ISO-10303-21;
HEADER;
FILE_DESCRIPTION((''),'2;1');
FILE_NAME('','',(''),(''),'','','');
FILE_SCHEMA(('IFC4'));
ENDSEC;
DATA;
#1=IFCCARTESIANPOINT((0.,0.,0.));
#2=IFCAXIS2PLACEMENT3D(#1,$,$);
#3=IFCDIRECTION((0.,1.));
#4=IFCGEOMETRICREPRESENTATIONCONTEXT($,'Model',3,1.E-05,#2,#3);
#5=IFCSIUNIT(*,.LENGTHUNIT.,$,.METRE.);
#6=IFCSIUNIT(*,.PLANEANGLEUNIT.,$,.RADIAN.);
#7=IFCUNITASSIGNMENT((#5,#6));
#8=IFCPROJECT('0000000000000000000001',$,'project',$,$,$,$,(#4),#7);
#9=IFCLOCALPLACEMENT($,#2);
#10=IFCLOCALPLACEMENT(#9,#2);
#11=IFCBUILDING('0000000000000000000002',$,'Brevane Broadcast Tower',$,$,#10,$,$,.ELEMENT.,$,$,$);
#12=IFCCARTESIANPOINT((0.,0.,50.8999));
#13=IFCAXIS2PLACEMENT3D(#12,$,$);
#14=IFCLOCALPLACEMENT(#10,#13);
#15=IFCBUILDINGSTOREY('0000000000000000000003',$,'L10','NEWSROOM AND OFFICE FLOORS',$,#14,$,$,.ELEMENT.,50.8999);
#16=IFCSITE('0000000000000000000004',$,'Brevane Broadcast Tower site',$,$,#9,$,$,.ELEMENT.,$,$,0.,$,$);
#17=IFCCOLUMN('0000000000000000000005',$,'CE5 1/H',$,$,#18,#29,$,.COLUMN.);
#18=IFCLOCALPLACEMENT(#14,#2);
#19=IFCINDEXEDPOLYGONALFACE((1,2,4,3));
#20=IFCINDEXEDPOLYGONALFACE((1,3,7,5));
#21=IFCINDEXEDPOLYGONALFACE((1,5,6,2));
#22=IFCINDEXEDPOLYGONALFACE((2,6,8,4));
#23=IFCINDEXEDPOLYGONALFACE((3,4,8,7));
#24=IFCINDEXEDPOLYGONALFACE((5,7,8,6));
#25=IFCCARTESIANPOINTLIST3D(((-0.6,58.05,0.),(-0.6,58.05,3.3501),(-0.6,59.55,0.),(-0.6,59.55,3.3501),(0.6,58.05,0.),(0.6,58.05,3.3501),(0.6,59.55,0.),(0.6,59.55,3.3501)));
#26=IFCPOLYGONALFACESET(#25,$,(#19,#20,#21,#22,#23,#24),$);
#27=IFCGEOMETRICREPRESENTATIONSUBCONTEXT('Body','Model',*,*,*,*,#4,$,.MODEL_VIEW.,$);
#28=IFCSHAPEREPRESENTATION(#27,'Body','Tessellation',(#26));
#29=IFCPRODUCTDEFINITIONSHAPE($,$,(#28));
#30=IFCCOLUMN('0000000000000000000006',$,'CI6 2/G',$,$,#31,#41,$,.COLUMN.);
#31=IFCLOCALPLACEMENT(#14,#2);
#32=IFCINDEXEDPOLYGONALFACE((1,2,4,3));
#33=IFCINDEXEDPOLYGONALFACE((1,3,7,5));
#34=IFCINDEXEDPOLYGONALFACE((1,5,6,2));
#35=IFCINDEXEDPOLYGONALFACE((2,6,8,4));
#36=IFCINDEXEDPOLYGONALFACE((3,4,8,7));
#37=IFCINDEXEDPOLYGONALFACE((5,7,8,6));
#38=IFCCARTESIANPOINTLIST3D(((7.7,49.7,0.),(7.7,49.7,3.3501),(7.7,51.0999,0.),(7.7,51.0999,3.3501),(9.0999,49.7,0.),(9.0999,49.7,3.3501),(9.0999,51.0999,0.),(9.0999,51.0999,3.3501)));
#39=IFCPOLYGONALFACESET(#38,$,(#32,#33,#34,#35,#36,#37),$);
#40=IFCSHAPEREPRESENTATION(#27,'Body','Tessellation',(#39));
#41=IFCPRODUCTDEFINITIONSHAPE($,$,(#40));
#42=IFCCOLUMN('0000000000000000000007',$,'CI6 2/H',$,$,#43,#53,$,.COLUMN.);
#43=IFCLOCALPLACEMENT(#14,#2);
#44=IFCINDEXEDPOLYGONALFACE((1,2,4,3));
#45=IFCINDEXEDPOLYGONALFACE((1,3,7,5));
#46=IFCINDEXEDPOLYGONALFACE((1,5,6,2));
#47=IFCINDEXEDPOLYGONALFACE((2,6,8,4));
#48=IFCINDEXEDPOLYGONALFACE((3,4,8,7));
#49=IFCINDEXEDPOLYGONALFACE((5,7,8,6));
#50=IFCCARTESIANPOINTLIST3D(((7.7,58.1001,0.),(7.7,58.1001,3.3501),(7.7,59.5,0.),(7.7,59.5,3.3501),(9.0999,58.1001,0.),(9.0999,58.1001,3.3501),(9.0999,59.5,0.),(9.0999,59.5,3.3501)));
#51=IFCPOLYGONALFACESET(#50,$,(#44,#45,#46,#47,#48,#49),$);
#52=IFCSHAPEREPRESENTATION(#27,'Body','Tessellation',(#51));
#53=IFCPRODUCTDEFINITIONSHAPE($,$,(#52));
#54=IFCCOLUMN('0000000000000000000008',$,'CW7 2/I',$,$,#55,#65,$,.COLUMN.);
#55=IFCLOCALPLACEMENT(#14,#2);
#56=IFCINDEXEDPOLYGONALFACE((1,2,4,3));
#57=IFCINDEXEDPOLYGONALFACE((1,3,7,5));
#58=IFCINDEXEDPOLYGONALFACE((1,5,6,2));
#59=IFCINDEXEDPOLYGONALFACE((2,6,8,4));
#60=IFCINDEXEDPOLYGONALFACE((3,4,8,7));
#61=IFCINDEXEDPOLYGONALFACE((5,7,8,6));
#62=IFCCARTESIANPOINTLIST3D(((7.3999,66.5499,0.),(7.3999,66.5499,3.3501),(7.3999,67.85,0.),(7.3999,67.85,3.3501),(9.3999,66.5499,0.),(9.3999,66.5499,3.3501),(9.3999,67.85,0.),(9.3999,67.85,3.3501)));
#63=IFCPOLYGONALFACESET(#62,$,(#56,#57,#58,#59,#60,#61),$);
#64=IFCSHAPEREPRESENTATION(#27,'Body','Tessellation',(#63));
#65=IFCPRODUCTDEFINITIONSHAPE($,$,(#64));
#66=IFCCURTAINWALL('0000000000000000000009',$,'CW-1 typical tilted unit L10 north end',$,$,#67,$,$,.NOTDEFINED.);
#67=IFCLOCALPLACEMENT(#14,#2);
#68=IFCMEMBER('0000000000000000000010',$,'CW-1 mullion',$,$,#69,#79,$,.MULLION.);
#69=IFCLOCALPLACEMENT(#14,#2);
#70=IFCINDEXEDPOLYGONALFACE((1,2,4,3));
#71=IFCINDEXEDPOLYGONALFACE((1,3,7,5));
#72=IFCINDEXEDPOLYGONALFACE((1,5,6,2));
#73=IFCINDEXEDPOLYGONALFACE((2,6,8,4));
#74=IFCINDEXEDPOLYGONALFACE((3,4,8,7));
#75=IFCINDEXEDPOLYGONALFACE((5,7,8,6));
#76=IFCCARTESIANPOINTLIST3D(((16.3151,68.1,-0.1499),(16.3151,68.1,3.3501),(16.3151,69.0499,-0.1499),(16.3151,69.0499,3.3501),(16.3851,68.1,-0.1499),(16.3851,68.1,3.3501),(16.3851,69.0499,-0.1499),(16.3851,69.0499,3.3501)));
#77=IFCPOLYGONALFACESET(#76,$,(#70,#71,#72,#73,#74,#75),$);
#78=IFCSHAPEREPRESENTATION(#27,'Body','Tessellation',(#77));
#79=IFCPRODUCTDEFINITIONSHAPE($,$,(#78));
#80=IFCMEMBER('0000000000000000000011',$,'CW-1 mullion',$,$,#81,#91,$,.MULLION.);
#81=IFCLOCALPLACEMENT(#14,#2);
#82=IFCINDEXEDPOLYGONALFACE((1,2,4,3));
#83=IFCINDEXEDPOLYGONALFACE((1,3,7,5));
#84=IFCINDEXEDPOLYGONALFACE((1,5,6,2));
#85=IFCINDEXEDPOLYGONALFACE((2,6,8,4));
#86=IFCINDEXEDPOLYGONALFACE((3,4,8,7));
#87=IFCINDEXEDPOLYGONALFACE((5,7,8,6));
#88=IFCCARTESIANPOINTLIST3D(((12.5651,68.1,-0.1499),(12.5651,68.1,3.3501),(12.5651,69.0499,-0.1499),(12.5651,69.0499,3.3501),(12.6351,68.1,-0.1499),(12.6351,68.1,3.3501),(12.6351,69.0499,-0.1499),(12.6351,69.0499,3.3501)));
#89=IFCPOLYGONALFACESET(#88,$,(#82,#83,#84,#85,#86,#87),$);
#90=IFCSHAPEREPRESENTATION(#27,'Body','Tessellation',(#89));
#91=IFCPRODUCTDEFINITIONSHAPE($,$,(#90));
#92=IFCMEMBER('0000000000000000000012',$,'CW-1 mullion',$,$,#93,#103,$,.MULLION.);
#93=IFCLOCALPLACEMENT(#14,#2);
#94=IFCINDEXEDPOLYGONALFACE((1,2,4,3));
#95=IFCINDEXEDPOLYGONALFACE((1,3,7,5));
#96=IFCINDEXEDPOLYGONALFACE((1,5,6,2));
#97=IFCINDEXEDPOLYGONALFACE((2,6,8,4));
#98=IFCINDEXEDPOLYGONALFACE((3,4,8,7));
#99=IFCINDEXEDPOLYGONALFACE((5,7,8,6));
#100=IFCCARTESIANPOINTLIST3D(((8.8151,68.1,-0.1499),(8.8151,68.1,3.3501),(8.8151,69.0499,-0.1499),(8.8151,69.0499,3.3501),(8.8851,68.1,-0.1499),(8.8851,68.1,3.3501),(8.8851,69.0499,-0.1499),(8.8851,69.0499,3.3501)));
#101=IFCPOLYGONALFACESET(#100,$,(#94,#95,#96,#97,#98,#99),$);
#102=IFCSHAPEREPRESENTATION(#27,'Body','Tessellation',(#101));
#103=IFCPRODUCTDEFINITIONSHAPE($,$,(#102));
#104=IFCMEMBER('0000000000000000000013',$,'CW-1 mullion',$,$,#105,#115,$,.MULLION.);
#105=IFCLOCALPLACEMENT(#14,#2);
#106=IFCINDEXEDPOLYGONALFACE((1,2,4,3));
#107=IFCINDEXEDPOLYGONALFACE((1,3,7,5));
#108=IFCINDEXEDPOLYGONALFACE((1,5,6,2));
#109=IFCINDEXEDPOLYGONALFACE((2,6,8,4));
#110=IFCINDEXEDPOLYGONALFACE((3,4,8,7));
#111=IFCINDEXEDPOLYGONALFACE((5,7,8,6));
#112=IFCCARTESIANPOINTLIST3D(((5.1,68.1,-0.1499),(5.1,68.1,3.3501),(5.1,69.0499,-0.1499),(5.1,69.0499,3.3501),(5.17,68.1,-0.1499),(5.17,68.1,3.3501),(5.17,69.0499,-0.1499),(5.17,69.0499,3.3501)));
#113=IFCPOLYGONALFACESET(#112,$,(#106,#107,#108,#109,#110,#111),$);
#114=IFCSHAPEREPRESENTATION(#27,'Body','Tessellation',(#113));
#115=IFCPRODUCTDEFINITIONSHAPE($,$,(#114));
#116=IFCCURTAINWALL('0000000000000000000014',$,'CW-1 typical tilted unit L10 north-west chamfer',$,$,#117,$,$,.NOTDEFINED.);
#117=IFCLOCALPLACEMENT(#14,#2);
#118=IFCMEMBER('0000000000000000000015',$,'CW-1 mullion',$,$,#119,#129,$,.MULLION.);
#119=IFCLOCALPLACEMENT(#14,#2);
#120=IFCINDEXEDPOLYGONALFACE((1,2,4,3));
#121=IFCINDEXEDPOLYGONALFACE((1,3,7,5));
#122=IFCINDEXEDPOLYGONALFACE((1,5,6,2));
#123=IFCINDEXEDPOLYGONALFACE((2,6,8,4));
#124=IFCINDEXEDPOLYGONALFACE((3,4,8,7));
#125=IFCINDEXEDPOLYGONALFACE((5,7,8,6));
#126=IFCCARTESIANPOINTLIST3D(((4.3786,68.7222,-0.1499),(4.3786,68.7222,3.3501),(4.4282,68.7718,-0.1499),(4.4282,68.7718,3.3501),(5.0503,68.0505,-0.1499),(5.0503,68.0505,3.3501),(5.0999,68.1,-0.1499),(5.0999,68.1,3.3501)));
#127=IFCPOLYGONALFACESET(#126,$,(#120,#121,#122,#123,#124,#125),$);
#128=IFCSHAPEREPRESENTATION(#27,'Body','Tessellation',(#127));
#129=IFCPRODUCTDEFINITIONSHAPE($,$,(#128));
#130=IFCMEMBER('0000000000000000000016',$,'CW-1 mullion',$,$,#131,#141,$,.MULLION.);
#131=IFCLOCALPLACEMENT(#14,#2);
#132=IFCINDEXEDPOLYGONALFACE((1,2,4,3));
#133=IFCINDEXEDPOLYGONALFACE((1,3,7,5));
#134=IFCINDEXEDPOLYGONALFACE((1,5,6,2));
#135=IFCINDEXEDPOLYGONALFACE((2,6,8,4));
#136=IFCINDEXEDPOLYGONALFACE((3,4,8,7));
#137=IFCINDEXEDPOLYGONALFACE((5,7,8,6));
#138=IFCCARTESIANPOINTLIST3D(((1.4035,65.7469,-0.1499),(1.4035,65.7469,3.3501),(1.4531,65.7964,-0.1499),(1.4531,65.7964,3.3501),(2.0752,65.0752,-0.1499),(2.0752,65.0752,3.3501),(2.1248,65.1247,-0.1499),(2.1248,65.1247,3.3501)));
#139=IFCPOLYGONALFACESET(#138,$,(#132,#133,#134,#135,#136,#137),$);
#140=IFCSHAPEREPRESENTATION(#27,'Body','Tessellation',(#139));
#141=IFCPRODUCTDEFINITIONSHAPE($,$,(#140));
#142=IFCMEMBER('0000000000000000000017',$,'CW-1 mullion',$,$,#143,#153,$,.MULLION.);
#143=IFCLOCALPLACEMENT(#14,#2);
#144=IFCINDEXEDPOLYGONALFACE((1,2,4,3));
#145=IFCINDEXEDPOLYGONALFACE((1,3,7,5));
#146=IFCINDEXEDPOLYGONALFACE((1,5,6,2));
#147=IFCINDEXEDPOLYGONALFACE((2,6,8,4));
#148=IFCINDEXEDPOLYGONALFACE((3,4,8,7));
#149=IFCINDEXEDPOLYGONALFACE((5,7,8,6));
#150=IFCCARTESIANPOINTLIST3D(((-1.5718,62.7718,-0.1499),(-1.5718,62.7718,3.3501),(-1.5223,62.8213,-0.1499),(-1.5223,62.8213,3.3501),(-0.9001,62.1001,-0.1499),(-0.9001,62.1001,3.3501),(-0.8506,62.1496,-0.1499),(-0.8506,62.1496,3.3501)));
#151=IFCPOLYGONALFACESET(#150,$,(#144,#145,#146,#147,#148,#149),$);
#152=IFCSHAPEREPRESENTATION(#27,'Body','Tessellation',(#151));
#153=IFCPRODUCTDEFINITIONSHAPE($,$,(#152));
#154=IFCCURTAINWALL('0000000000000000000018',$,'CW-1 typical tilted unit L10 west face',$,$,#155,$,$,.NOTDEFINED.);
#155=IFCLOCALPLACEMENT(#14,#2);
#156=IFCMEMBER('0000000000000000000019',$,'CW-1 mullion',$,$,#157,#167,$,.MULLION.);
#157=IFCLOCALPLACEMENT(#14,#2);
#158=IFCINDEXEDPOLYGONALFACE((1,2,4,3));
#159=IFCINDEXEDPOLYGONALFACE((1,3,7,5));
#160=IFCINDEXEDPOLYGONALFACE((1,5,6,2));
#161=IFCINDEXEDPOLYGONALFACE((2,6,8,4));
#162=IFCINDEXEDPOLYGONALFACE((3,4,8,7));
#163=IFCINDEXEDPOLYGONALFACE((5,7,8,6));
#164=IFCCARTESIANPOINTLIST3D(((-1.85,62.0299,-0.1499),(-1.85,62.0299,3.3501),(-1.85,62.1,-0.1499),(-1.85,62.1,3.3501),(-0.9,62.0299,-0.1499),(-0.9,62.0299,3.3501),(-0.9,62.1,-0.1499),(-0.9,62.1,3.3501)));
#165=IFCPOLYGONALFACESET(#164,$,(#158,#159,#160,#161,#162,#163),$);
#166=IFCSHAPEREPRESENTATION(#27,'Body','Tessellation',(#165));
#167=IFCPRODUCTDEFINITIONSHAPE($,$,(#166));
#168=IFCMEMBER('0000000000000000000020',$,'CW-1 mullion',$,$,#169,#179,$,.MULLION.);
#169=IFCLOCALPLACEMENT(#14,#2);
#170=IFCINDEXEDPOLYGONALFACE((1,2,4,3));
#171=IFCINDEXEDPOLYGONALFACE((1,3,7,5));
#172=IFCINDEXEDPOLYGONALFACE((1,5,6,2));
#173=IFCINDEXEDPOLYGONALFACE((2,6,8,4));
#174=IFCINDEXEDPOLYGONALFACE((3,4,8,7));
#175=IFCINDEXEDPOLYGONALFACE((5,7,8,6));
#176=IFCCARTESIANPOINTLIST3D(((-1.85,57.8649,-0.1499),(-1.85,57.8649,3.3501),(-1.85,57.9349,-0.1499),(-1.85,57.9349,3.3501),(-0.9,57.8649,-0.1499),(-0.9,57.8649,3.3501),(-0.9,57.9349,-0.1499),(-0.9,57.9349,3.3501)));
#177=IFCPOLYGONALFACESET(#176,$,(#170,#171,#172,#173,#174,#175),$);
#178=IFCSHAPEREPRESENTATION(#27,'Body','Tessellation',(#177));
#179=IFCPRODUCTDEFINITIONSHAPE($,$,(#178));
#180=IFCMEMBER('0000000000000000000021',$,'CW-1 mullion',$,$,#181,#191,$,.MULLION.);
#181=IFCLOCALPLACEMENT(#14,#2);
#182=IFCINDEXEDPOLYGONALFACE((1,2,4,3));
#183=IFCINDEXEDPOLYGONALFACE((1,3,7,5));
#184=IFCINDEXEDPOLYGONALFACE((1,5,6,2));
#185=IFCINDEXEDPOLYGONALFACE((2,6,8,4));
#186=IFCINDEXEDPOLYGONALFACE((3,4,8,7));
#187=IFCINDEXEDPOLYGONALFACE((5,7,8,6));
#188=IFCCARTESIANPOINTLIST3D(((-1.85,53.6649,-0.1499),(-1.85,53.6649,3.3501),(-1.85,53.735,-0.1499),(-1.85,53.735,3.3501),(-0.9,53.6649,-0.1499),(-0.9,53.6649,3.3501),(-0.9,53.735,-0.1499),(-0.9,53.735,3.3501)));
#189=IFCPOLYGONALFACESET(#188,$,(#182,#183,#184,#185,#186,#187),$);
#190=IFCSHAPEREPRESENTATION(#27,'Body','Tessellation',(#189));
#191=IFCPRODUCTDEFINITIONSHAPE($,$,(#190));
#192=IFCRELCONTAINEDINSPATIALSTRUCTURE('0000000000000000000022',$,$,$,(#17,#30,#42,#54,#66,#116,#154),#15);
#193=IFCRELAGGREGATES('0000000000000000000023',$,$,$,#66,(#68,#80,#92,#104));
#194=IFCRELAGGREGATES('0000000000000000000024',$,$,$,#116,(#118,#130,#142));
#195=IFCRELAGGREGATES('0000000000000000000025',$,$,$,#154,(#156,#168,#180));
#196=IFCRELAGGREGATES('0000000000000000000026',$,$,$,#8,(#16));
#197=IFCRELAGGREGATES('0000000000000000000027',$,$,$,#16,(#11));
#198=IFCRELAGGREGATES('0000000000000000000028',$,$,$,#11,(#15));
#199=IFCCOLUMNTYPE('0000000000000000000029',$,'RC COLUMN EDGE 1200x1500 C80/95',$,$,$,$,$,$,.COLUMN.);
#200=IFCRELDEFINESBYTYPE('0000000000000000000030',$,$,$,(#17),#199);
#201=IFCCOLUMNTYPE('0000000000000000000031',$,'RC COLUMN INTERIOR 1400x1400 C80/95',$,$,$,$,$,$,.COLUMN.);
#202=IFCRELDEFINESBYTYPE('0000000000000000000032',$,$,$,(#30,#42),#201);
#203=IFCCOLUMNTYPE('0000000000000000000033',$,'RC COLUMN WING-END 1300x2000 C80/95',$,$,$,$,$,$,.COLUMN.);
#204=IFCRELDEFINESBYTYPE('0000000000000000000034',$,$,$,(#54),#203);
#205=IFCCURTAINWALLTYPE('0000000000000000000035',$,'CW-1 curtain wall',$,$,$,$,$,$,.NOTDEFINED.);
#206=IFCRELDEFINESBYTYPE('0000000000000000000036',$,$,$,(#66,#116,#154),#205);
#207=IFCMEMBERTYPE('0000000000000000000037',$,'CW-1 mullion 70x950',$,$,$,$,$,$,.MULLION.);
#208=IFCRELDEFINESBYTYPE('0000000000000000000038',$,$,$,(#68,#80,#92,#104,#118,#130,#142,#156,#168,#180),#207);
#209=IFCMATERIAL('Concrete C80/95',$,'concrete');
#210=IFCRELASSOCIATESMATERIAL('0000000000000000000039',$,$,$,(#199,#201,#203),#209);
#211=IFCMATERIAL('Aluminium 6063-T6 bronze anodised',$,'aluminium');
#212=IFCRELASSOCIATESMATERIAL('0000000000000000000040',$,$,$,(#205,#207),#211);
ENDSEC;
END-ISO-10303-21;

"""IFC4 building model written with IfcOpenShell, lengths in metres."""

from ifc_helpers import new_model, si_unit, direction, frame, origin, origin_2d, place, context, subcontext, project, spatial, rectangle, extrude, material, material_profile, profile_set, type_object, element, aggregate, save


model = new_model("IFC4")

# Units and contexts
model_context = context("Model", 3, precision=1e-05, world=origin(), true_north=direction((0.0, 1.0)))
body_context = subcontext(model_context, "Body", "Model", "MODEL_VIEW")
ifc_project = project(units=[si_unit("LENGTHUNIT", "METRE"), si_unit("PLANEANGLEUNIT", "RADIAN")], contexts=[model_context])

# Site, building, storey
site_placement = place(None, origin())
site = spatial("IfcSite", under=ifc_project, at=site_placement, Name="Brevane Broadcast Tower site", CompositionType="ELEMENT", RefElevation=0.0)
building_placement = place(site_placement, origin())
building = spatial("IfcBuilding", under=site, at=building_placement, Name="Brevane Broadcast Tower", CompositionType="ELEMENT")
storey_placement = place(building_placement, frame((0.0, 0.0, 50.8999)))
storey = spatial("IfcBuildingStorey", under=building, at=storey_placement, Name="L10", Description="NEWSROOM AND OFFICE FLOORS", CompositionType="ELEMENT", Elevation=50.8999)

# Columns
ifc_material_1 = material(Name="Concrete C80/95", Category="concrete")
ifc_material_profile_1 = material_profile(ifc_material_1, rectangle(XDim=1.2, YDim=1.5, at=origin_2d()), Name="RC 1200x1500")
ifc_profile_set_1 = profile_set([ifc_material_profile_1], Name="Concrete C80/95")
column_type_1 = type_object("IfcColumnType", Name="RC COLUMN EDGE 1200x1500 C80/95", PredefinedType="COLUMN", material=ifc_profile_set_1)
column_1_placement = place(storey_placement, frame((0.0, 58.8, 0.0), z_axis=(0.0, 0.0, 1.0), x_axis=(1.0, 0.0, 0.0)))
element("IfcColumn", 1, at=column_1_placement, inside=storey, type_object=column_type_1, Name="CE5 1/H", PredefinedType="COLUMN", context=body_context, shape_type="SweptSolid", body=[
    extrude(rectangle(XDim=1.2, YDim=1.5, at=origin_2d()), origin(), (0.0, 0.0, 1.0), 3.3501),
])
ifc_material_profile_2 = material_profile(ifc_material_1, rectangle(XDim=1.3999, YDim=1.3999, at=origin_2d()), Name="RC 1400x1400")
ifc_profile_set_2 = profile_set([ifc_material_profile_2], Name="Concrete C80/95")
column_type_2 = type_object("IfcColumnType", Name="RC COLUMN INTERIOR 1400x1400 C80/95", PredefinedType="COLUMN", material=ifc_profile_set_2)
for number, where, z_axis, x_axis, name in (
    (2, (8.3999, 50.3999, 0.0), (0.0, 0.0, 1.0), (1.0, 0.0, 0.0), "CI6 2/G"),
    (3, (8.3999, 58.8, 0.0), (0.0, 0.0, 1.0), (1.0, 0.0, 0.0), "CI6 2/H"),
):
    element("IfcColumn", number, at=place(storey_placement, frame(where, z_axis=z_axis, x_axis=x_axis)), inside=storey, type_object=column_type_2, Name=name, PredefinedType="COLUMN", context=body_context, shape_type="SweptSolid", body=[
        extrude(rectangle(XDim=1.3999, YDim=1.3999, at=origin_2d()), origin(), (0.0, 0.0, 1.0), 3.3501),
    ])
ifc_material_profile_3 = material_profile(ifc_material_1, rectangle(XDim=1.3, YDim=2.0, at=origin_2d()), Name="RC 1300x2000")
ifc_profile_set_3 = profile_set([ifc_material_profile_3], Name="Concrete C80/95")
column_type_3 = type_object("IfcColumnType", Name="RC COLUMN WING-END 1300x2000 C80/95", PredefinedType="COLUMN", material=ifc_profile_set_3)
column_2_placement = place(storey_placement, frame((8.3999, 67.2, 0.0), z_axis=(0.0, 0.0, 1.0), x_axis=(0.0, 1.0, 0.0)))
element("IfcColumn", 4, at=column_2_placement, inside=storey, type_object=column_type_3, Name="CW7 2/I", PredefinedType="COLUMN", context=body_context, shape_type="SweptSolid", body=[
    extrude(rectangle(XDim=1.3, YDim=2.0, at=origin_2d()), origin(), (0.0, 0.0, 1.0), 3.3501),
])

# Curtain walls, members
ifc_material_2 = material(Name="Aluminium 6063-T6 bronze anodised", Category="aluminium")
curtain_wall_type = type_object("IfcCurtainWallType", Name="CW-1 curtain wall", PredefinedType="NOTDEFINED", material=ifc_material_2)
curtain_wall_1_placement = place(storey_placement, origin())
curtain_wall_1 = element("IfcCurtainWall", 5, at=curtain_wall_1_placement, inside=storey, type_object=curtain_wall_type, Name="CW-1 typical tilted unit L10 north end", PredefinedType="NOTDEFINED")
ifc_material_profile_4 = material_profile(ifc_material_2, rectangle(XDim=0.95, YDim=0.0701, at=origin_2d()), Name="RECT 70x950")
ifc_profile_set_4 = profile_set([ifc_material_profile_4], Name="Aluminium 6063-T6 bronze anodised")
member_type_1 = type_object("IfcMemberType", Name="CW-1 mullion 70x950", PredefinedType="MULLION", material=ifc_profile_set_4)
member_1_placement = place(storey_placement, frame((16.3501, 68.575, -0.1499), z_axis=(0.0, 0.0, 1.0), x_axis=(0.0, -1.0, 0.0)))
member_1 = element("IfcMember", 6, at=member_1_placement, type_object=member_type_1, Name="CW-1 mullion", PredefinedType="MULLION", context=body_context, shape_type="SweptSolid", body=[
    extrude(rectangle(XDim=0.95, YDim=0.0701, at=origin_2d()), origin(), (0.0, 0.0, 1.0), 3.5),
])
member_2_placement = place(storey_placement, frame((12.6001, 68.575, -0.1499), z_axis=(0.0, 0.0, 1.0), x_axis=(0.0, -1.0, 0.0)))
member_2 = element("IfcMember", 7, at=member_2_placement, type_object=member_type_1, Name="CW-1 mullion", PredefinedType="MULLION", context=body_context, shape_type="SweptSolid", body=[
    extrude(rectangle(XDim=0.95, YDim=0.0701, at=origin_2d()), origin(), (0.0, 0.0, 1.0), 3.5),
])
member_3_placement = place(storey_placement, frame((8.8501, 68.575, -0.1499), z_axis=(0.0, 0.0, 1.0), x_axis=(0.0, -1.0, 0.0)))
member_3 = element("IfcMember", 8, at=member_3_placement, type_object=member_type_1, Name="CW-1 mullion", PredefinedType="MULLION", context=body_context, shape_type="SweptSolid", body=[
    extrude(rectangle(XDim=0.95, YDim=0.0701, at=origin_2d()), origin(), (0.0, 0.0, 1.0), 3.5),
])
member_4_placement = place(storey_placement, frame((5.135, 68.575, -0.1499), z_axis=(0.0, 0.0, 1.0), x_axis=(0.0, -1.0, 0.0)))
member_4 = element("IfcMember", 9, at=member_4_placement, type_object=member_type_1, Name="CW-1 mullion", PredefinedType="MULLION", context=body_context, shape_type="SweptSolid", body=[
    extrude(rectangle(XDim=0.95, YDim=0.0701, at=origin_2d()), origin(), (0.0, 0.0, 1.0), 3.5),
])
aggregate(curtain_wall_1, [member_1, member_2, member_3, member_4])
curtain_wall_2_placement = place(storey_placement, origin())
curtain_wall_2 = element("IfcCurtainWall", 10, at=curtain_wall_2_placement, inside=storey, type_object=curtain_wall_type, Name="CW-1 typical tilted unit L10 north-west chamfer", PredefinedType="NOTDEFINED")
member_5_placement = place(storey_placement, frame((4.7393, 68.4111, -0.1499), z_axis=(0.0, 0.0, 1.0), x_axis=(0.707107, -0.707107, 0.0)))
member_5 = element("IfcMember", 11, at=member_5_placement, type_object=member_type_1, Name="CW-1 mullion", PredefinedType="MULLION", context=body_context, shape_type="SweptSolid", body=[
    extrude(rectangle(XDim=0.95, YDim=0.0701, at=origin_2d()), origin(), (0.0, 0.0, 1.0), 3.5),
])
member_6_placement = place(storey_placement, frame((1.7642, 65.4358, -0.1499), z_axis=(0.0, 0.0, 1.0), x_axis=(0.707107, -0.707107, 0.0)))
member_6 = element("IfcMember", 12, at=member_6_placement, type_object=member_type_1, Name="CW-1 mullion", PredefinedType="MULLION", context=body_context, shape_type="SweptSolid", body=[
    extrude(rectangle(XDim=0.95, YDim=0.0701, at=origin_2d()), origin(), (0.0, 0.0, 1.0), 3.5),
])
member_7_placement = place(storey_placement, frame((-1.2112, 62.4607, -0.1499), z_axis=(0.0, 0.0, 1.0), x_axis=(0.707107, -0.707107, 0.0)))
member_7 = element("IfcMember", 13, at=member_7_placement, type_object=member_type_1, Name="CW-1 mullion", PredefinedType="MULLION", context=body_context, shape_type="SweptSolid", body=[
    extrude(rectangle(XDim=0.95, YDim=0.0701, at=origin_2d()), origin(), (0.0, 0.0, 1.0), 3.5),
])
curtain_wall_3_placement = place(storey_placement, origin())
curtain_wall_3 = element("IfcCurtainWall", 14, at=curtain_wall_3_placement, inside=storey, type_object=curtain_wall_type, Name="CW-1 typical tilted unit L10 west face", PredefinedType="NOTDEFINED")
member_8_placement = place(storey_placement, frame((-1.375, 62.0649, -0.1499), z_axis=(0.0, 0.0, 1.0), x_axis=(1.0, 0.0, 0.0)))
member_8 = element("IfcMember", 15, at=member_8_placement, type_object=member_type_1, Name="CW-1 mullion", PredefinedType="MULLION", context=body_context, shape_type="SweptSolid", body=[
    extrude(rectangle(XDim=0.95, YDim=0.0701, at=origin_2d()), origin(), (0.0, 0.0, 1.0), 3.5),
])
member_9_placement = place(storey_placement, frame((-1.375, 57.8999, -0.1499), z_axis=(0.0, 0.0, 1.0), x_axis=(1.0, 0.0, 0.0)))
member_9 = element("IfcMember", 16, at=member_9_placement, type_object=member_type_1, Name="CW-1 mullion", PredefinedType="MULLION", context=body_context, shape_type="SweptSolid", body=[
    extrude(rectangle(XDim=0.95, YDim=0.0701, at=origin_2d()), origin(), (0.0, 0.0, 1.0), 3.5),
])
member_10_placement = place(storey_placement, frame((-1.375, 53.7, -0.1499), z_axis=(0.0, 0.0, 1.0), x_axis=(1.0, 0.0, 0.0)))
member_10 = element("IfcMember", 17, at=member_10_placement, type_object=member_type_1, Name="CW-1 mullion", PredefinedType="MULLION", context=body_context, shape_type="SweptSolid", body=[
    extrude(rectangle(XDim=0.95, YDim=0.0701, at=origin_2d()), origin(), (0.0, 0.0, 1.0), 3.5),
])

aggregate(curtain_wall_2, [member_5, member_6, member_7])
aggregate(curtain_wall_3, [member_8, member_9, member_10])

save(model, "model.ifc")
